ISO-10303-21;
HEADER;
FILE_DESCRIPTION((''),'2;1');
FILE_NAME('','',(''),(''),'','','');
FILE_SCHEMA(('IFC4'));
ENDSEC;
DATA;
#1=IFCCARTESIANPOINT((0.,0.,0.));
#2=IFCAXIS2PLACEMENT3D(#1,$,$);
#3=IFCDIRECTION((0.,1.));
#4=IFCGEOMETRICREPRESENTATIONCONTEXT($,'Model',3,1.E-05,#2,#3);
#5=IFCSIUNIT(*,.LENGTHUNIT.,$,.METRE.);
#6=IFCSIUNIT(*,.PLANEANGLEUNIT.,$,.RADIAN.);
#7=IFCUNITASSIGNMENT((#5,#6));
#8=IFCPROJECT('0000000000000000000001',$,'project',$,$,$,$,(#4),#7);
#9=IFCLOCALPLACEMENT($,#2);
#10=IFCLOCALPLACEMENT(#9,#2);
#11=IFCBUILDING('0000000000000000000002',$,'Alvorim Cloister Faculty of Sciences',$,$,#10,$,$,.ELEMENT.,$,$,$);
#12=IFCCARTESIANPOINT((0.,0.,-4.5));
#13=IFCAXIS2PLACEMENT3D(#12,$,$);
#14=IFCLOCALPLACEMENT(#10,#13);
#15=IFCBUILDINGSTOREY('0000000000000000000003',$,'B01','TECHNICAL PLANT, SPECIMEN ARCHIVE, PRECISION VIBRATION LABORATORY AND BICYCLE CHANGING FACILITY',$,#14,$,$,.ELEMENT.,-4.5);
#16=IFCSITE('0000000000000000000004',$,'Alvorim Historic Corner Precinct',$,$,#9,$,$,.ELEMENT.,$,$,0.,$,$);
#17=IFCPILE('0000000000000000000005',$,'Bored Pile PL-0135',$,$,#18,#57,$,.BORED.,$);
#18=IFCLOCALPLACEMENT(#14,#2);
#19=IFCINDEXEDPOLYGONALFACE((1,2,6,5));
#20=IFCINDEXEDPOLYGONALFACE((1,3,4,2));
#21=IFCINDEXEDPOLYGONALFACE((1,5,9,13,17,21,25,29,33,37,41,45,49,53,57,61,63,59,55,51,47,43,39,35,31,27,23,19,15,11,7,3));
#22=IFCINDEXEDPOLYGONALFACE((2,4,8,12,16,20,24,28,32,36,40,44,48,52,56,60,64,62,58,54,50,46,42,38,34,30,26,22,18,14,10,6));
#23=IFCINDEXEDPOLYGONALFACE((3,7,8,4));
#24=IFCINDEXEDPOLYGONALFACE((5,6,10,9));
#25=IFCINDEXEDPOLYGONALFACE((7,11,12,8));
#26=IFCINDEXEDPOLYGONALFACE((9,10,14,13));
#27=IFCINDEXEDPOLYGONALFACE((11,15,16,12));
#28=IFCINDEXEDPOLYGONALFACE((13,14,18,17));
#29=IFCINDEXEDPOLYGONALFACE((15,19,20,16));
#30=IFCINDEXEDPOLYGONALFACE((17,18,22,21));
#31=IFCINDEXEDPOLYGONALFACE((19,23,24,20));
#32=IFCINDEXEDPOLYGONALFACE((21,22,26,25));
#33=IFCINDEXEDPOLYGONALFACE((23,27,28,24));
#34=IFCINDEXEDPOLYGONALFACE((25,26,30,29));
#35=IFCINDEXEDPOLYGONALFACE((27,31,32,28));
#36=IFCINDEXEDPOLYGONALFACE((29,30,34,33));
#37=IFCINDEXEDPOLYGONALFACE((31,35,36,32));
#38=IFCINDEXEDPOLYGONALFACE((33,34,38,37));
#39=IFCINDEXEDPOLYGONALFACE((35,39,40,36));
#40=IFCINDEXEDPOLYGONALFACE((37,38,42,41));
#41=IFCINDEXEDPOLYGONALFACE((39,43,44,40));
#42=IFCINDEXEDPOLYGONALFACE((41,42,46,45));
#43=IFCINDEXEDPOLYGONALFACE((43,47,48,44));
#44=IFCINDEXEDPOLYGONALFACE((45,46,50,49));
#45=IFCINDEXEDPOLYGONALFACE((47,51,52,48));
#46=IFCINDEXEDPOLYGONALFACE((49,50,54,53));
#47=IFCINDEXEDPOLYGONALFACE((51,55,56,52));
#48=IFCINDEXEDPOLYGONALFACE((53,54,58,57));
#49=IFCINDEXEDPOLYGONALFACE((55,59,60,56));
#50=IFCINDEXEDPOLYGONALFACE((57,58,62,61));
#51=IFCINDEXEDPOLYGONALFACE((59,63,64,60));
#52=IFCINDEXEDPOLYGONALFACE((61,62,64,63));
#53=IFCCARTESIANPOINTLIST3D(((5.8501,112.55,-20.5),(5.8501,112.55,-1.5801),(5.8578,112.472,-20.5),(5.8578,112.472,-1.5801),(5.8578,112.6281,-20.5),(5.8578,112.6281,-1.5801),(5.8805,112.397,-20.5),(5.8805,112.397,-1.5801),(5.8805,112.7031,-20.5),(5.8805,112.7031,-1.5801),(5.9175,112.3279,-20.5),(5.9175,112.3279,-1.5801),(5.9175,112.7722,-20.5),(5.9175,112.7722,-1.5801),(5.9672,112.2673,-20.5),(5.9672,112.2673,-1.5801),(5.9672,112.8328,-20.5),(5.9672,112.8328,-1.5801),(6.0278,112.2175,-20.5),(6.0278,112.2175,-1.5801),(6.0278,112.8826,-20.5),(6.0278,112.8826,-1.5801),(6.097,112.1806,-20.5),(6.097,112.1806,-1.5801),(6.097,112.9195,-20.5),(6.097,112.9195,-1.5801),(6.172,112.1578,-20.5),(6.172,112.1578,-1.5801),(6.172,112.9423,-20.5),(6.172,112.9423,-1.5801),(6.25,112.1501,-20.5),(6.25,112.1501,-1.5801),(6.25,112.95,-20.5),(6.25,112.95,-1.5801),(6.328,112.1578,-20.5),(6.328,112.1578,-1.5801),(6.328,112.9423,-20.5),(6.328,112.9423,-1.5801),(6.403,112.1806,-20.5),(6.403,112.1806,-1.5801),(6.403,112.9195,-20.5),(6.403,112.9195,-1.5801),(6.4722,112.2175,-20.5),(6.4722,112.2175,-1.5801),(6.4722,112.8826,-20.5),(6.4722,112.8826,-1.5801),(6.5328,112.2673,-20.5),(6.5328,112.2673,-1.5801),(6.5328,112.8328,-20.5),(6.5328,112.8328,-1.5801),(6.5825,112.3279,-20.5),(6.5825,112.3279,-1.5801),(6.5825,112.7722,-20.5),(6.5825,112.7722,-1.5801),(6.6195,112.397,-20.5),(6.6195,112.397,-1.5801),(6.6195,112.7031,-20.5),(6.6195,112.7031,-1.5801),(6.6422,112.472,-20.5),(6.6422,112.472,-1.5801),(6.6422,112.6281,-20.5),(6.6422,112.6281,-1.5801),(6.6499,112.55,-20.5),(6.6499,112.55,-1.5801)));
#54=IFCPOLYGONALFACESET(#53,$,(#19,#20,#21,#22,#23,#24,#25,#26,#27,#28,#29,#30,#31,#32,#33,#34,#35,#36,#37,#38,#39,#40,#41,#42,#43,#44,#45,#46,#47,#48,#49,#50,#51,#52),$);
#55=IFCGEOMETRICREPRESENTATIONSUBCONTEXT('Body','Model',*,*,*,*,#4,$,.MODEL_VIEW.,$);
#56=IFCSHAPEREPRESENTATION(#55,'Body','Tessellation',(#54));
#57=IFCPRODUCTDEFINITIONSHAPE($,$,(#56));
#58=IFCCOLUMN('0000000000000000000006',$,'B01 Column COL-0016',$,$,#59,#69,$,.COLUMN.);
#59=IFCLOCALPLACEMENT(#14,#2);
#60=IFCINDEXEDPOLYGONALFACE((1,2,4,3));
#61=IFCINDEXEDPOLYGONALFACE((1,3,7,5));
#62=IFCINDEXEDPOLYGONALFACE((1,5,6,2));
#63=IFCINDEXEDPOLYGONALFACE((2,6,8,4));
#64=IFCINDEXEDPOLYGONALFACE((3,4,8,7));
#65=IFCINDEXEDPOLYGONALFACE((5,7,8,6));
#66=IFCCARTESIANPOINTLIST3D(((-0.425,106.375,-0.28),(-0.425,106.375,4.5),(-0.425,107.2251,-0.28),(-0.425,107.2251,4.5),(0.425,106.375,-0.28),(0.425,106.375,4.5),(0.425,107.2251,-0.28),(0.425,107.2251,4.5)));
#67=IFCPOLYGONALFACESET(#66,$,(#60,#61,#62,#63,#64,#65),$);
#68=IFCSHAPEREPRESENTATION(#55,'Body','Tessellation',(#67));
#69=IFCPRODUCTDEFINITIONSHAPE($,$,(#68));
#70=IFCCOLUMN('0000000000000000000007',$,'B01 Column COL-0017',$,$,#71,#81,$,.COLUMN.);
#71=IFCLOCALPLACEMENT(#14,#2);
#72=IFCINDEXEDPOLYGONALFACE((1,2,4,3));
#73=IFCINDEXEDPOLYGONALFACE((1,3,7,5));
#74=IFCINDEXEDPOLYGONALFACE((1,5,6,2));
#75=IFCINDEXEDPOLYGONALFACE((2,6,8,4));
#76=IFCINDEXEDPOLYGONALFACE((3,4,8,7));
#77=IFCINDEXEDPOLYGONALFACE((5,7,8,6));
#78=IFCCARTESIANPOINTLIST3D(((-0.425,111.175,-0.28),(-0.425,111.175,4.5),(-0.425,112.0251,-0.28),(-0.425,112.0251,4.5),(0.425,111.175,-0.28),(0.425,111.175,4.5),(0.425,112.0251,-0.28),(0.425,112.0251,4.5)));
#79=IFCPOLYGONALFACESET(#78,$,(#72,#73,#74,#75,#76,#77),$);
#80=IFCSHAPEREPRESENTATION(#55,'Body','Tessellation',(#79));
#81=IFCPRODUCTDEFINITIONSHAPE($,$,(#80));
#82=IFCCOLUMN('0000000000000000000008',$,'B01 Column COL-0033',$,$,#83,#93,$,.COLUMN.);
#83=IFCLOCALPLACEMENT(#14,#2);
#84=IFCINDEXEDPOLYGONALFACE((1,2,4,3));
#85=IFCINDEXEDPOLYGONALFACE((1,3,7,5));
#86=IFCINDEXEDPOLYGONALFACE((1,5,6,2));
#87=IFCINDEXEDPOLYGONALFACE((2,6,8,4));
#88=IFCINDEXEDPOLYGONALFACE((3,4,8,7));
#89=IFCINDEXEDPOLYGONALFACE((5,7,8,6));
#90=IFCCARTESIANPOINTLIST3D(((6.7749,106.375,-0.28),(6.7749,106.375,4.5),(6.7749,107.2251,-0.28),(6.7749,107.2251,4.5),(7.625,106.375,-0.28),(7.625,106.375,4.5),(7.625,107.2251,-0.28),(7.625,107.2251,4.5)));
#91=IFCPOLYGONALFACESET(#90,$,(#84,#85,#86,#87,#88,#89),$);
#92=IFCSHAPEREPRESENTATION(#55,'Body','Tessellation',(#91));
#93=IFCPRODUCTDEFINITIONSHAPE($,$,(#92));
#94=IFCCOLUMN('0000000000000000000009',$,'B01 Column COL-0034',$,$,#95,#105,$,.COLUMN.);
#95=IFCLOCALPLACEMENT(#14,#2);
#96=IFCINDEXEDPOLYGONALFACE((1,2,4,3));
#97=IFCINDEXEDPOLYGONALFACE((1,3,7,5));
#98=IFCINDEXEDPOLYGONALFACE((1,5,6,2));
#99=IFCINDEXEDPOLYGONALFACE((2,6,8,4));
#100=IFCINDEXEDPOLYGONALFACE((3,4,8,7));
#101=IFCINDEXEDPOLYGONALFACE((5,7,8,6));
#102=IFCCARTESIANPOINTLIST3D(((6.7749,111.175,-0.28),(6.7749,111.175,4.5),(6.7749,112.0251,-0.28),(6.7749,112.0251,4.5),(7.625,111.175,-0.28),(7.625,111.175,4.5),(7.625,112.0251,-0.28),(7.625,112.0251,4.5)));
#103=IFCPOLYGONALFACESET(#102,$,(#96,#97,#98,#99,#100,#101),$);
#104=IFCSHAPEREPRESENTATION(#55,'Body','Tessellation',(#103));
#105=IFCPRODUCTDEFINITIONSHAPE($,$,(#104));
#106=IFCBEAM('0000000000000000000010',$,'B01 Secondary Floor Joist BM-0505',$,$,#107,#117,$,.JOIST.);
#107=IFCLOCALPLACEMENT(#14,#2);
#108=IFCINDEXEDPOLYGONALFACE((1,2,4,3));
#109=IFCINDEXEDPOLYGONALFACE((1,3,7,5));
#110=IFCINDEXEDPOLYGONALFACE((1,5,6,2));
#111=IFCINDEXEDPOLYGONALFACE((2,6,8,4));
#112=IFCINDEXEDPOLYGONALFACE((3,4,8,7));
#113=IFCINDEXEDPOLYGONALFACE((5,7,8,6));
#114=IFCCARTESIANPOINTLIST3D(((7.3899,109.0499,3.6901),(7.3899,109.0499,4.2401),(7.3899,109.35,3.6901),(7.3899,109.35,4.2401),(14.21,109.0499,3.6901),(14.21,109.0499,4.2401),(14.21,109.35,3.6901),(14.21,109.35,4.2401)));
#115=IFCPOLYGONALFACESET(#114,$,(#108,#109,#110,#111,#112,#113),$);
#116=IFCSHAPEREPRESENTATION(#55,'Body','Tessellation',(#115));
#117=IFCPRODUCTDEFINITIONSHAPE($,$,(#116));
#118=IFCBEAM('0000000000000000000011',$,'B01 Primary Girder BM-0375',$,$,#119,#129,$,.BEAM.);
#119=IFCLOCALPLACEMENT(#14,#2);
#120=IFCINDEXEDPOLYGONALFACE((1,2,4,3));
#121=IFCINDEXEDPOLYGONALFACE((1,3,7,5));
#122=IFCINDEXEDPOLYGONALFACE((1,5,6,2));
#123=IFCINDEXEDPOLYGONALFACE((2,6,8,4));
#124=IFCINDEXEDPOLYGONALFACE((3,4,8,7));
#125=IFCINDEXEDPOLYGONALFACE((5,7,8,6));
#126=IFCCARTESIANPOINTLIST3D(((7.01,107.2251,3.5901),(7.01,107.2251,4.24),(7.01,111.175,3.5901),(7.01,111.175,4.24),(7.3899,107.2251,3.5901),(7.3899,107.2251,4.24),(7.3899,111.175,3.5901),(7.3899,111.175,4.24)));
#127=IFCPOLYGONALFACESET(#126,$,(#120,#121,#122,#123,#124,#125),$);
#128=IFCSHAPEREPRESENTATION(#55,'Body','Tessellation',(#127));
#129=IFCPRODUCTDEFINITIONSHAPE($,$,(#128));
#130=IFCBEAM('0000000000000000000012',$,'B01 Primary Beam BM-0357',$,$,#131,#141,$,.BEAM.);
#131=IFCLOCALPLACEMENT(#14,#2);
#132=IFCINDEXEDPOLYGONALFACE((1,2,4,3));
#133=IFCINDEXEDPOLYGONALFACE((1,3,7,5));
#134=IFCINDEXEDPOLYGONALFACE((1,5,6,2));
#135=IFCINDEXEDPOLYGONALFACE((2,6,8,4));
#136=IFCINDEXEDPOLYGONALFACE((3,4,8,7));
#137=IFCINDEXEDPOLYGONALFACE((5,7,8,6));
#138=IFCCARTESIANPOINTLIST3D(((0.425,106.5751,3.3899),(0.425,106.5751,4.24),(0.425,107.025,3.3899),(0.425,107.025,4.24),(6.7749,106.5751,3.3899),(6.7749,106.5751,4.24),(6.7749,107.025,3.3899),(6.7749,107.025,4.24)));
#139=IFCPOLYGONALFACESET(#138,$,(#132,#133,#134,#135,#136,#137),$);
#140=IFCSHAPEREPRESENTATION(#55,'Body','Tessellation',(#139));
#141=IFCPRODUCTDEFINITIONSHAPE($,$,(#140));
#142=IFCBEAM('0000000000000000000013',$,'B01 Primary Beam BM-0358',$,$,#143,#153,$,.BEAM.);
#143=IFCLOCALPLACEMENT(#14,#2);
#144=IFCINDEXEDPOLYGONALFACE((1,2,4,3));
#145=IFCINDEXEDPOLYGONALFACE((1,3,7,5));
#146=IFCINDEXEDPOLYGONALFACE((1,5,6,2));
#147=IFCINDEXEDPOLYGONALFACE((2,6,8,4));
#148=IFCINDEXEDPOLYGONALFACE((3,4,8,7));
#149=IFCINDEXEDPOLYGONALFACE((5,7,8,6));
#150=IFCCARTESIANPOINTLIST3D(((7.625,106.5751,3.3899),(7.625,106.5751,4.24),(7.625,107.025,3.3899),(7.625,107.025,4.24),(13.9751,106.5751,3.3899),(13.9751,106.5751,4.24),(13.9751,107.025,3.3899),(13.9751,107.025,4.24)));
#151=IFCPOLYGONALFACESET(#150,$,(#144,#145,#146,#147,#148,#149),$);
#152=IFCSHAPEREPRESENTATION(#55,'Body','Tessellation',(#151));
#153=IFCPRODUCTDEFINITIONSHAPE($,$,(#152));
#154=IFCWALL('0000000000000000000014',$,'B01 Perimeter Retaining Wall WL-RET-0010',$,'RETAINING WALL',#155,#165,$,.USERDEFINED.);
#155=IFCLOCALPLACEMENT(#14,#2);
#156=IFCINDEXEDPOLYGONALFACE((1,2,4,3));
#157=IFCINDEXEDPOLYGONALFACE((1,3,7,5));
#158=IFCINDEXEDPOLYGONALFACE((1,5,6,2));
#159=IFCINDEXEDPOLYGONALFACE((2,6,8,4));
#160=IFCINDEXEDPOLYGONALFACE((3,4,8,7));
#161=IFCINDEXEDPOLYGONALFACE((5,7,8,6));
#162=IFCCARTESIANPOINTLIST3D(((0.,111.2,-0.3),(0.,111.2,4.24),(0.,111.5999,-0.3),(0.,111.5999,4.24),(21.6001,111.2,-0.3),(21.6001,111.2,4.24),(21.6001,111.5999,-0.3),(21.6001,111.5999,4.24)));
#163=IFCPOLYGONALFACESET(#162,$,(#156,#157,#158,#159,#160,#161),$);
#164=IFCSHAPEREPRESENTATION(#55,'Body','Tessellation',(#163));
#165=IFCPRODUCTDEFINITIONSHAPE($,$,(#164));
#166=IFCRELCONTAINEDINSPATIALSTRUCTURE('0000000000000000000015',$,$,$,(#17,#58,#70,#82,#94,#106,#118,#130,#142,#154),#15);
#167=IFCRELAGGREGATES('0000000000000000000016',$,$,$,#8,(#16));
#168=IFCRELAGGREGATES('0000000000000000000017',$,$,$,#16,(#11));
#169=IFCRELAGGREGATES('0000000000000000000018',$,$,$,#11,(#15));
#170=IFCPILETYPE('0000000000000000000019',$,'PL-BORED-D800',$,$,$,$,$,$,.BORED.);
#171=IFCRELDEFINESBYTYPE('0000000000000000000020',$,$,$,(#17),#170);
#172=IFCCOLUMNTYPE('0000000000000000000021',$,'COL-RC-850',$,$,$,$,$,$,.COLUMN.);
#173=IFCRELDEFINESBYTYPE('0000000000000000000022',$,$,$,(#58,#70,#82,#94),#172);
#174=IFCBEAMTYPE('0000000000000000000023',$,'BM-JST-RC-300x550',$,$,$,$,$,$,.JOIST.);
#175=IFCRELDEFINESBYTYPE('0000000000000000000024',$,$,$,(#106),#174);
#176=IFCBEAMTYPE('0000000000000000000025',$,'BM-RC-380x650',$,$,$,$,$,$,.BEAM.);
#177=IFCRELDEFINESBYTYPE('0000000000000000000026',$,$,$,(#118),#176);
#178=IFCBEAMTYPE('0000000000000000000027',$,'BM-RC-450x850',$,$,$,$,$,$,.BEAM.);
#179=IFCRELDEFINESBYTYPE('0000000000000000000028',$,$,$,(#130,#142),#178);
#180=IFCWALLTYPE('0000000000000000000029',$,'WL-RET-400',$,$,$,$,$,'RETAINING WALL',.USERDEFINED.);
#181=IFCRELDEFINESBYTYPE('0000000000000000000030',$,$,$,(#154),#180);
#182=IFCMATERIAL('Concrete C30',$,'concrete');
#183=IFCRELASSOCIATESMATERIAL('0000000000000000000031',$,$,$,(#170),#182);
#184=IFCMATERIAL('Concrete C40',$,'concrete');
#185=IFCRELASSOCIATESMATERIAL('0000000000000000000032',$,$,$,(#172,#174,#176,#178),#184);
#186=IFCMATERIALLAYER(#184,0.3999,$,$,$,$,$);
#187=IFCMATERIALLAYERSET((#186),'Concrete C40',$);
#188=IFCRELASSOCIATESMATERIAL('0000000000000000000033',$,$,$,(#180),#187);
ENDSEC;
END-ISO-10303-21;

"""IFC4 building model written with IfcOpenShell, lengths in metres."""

from ifc_helpers import new_model, si_unit, direction, frame, frame_2d, origin, origin_2d, place, context, subcontext, project, spatial, rectangle, circle, extrude, material, layer, layer_set, material_profile, profile_set, type_object, element, save


model = new_model("IFC4")

# Units and contexts
model_context = context("Model", 3, precision=1e-05, world=origin(), true_north=direction((0.0, 1.0)))
body_context = subcontext(model_context, "Body", "Model", "MODEL_VIEW")
ifc_project = project(units=[si_unit("LENGTHUNIT", "METRE"), si_unit("PLANEANGLEUNIT", "RADIAN")], contexts=[model_context])

# Site, building, storey
site_placement = place(None, origin())
site = spatial("IfcSite", under=ifc_project, at=site_placement, Name="Alvorim Historic Corner Precinct", CompositionType="ELEMENT", RefElevation=0.0)
building_placement = place(site_placement, origin())
building = spatial("IfcBuilding", under=site, at=building_placement, Name="Alvorim Cloister Faculty of Sciences", CompositionType="ELEMENT")
storey_placement = place(building_placement, frame((0.0, 0.0, -4.5)))
storey = spatial("IfcBuildingStorey", under=building, at=storey_placement, Name="B01", Description="TECHNICAL PLANT, SPECIMEN ARCHIVE, PRECISION VIBRATION LABORATORY AND BICYCLE CHANGING FACILITY", CompositionType="ELEMENT", Elevation=-4.5)

# Shared definitions
ifc_material_1 = material(Name="Concrete C40", Category="concrete")

# Pile
ifc_material_2 = material(Name="Concrete C30", Category="concrete")
ifc_material_profile_1 = material_profile(ifc_material_2, circle(Radius=0.3999, at=origin_2d()), Name="PILE-D800")
ifc_profile_set_1 = profile_set([ifc_material_profile_1], Name="Concrete C30")
pile_type = type_object("IfcPileType", Name="PL-BORED-D800", PredefinedType="BORED", material=ifc_profile_set_1)
for number, where, z_axis, x_axis, name in (
    (1, (6.25, 112.55, -1.5801), (0.0, 0.0, -1.0), (1.0, 0.0, 0.0), "Bored Pile PL-0135"),
):
    element("IfcPile", number, at=place(storey_placement, frame(where, z_axis=z_axis, x_axis=x_axis)), inside=storey, type_object=pile_type, Name=name, PredefinedType="BORED", context=body_context, shape_type="SweptSolid", body=[
        extrude(circle(Radius=0.3999, at=origin_2d()), origin(), (0.0, 0.0, 1.0), 18.9199),
    ])

# Columns
ifc_material_profile_2 = material_profile(ifc_material_1, rectangle(XDim=0.8501, YDim=0.8501, at=origin_2d()), Name="RC40-COL-850x850")
ifc_profile_set_2 = profile_set([ifc_material_profile_2], Name="Concrete C40")
column_type = type_object("IfcColumnType", Name="COL-RC-850", PredefinedType="COLUMN", material=ifc_profile_set_2)
for number, where, z_axis, x_axis, name in (
    (2, (0.0, 106.8, -0.28), (0.0, 0.0, 1.0), (1.0, 0.0, 0.0), "B01 Column COL-0016"),
    (3, (0.0, 111.6001, -0.28), (0.0, 0.0, 1.0), (1.0, 0.0, 0.0), "B01 Column COL-0017"),
    (4, (7.2, 106.8, -0.28), (0.0, 0.0, 1.0), (1.0, 0.0, 0.0), "B01 Column COL-0033"),
    (5, (7.2, 111.6001, -0.28), (0.0, 0.0, 1.0), (1.0, 0.0, 0.0), "B01 Column COL-0034"),
):
    element("IfcColumn", number, at=place(storey_placement, frame(where, z_axis=z_axis, x_axis=x_axis)), inside=storey, type_object=column_type, Name=name, PredefinedType="COLUMN", context=body_context, shape_type="SweptSolid", body=[
        extrude(rectangle(XDim=0.8501, YDim=0.8501, at=origin_2d()), origin(), (0.0, 0.0, 1.0), 4.78),
    ])

# Beams
ifc_material_profile_3 = material_profile(ifc_material_1, rectangle(XDim=0.3, YDim=0.55, at=origin_2d()), Name="RC40-JST-300x550")
ifc_profile_set_3 = profile_set([ifc_material_profile_3], Name="Concrete C40")
beam_type_1 = type_object("IfcBeamType", Name="BM-JST-RC-300x550", PredefinedType="JOIST", material=ifc_profile_set_3)
beam_1_placement = place(storey_placement, frame((7.3899, 109.2, 3.9651), z_axis=(1.0, 0.0, 0.0), x_axis=(0.0, 1.0, 0.0)))
element("IfcBeam", 6, at=beam_1_placement, inside=storey, type_object=beam_type_1, Name="B01 Secondary Floor Joist BM-0505", PredefinedType="JOIST", context=body_context, shape_type="SweptSolid", body=[
    extrude(rectangle(XDim=0.3, YDim=0.55, at=origin_2d()), origin(), (0.0, 0.0, 1.0), 6.8201),
])
ifc_material_profile_4 = material_profile(ifc_material_1, rectangle(XDim=0.3799, YDim=0.6499, at=origin_2d()), Name="RC40-BM-380x650")
ifc_profile_set_4 = profile_set([ifc_material_profile_4], Name="Concrete C40")
beam_type_2 = type_object("IfcBeamType", Name="BM-RC-380x650", PredefinedType="BEAM", material=ifc_profile_set_4)
beam_2_placement = place(storey_placement, frame((7.2, 107.2251, 3.915), z_axis=(0.0, 1.0, 0.0), x_axis=(-1.0, 0.0, 0.0)))
element("IfcBeam", 7, at=beam_2_placement, inside=storey, type_object=beam_type_2, Name="B01 Primary Girder BM-0375", PredefinedType="BEAM", context=body_context, shape_type="SweptSolid", body=[
    extrude(rectangle(XDim=0.3799, YDim=0.6499, at=origin_2d()), origin(), (0.0, 0.0, 1.0), 3.95),
])
ifc_material_profile_5 = material_profile(ifc_material_1, rectangle(XDim=0.45, YDim=0.8501, at=origin_2d()), Name="RC40-BM-450x850")
ifc_profile_set_5 = profile_set([ifc_material_profile_5], Name="Concrete C40")
beam_type_3 = type_object("IfcBeamType", Name="BM-RC-450x850", PredefinedType="BEAM", material=ifc_profile_set_5)
beam_3_placement = place(storey_placement, frame((0.425, 106.8, 3.8149), z_axis=(1.0, 0.0, 0.0), x_axis=(0.0, 1.0, 0.0)))
element("IfcBeam", 8, at=beam_3_placement, inside=storey, type_object=beam_type_3, Name="B01 Primary Beam BM-0357", PredefinedType="BEAM", context=body_context, shape_type="SweptSolid", body=[
    extrude(rectangle(XDim=0.45, YDim=0.8501, at=origin_2d()), origin(), (0.0, 0.0, 1.0), 6.3499),
])
beam_4_placement = place(storey_placement, frame((7.625, 106.8, 3.8149), z_axis=(1.0, 0.0, 0.0), x_axis=(0.0, 1.0, 0.0)))
element("IfcBeam", 9, at=beam_4_placement, inside=storey, type_object=beam_type_3, Name="B01 Primary Beam BM-0358", PredefinedType="BEAM", context=body_context, shape_type="SweptSolid", body=[
    extrude(rectangle(XDim=0.45, YDim=0.8501, at=origin_2d()), origin(), (0.0, 0.0, 1.0), 6.3501),
])

# Wall
ifc_layer = layer(ifc_material_1, 0.3999)
ifc_layer_set = layer_set([ifc_layer], Name="Concrete C40")
wall_type = type_object("IfcWallType", Name="WL-RET-400", ElementType="RETAINING WALL", PredefinedType="USERDEFINED", material=ifc_layer_set)
wall_placement = place(storey_placement, frame((0.0, 111.3999, -0.3), z_axis=(0.0, 0.0, 1.0), x_axis=(1.0, 0.0, 0.0)))
element("IfcWall", 10, at=wall_placement, inside=storey, type_object=wall_type, Name="B01 Perimeter Retaining Wall WL-RET-0010", ObjectType="RETAINING WALL", PredefinedType="USERDEFINED", context=body_context, shape_type="SweptSolid", body=[
    extrude(rectangle(XDim=21.6001, YDim=0.3999, at=frame_2d((10.8, 0.0))), origin(), (0.0, 0.0, 1.0), 4.54),
])

save(model, "model.ifc")
